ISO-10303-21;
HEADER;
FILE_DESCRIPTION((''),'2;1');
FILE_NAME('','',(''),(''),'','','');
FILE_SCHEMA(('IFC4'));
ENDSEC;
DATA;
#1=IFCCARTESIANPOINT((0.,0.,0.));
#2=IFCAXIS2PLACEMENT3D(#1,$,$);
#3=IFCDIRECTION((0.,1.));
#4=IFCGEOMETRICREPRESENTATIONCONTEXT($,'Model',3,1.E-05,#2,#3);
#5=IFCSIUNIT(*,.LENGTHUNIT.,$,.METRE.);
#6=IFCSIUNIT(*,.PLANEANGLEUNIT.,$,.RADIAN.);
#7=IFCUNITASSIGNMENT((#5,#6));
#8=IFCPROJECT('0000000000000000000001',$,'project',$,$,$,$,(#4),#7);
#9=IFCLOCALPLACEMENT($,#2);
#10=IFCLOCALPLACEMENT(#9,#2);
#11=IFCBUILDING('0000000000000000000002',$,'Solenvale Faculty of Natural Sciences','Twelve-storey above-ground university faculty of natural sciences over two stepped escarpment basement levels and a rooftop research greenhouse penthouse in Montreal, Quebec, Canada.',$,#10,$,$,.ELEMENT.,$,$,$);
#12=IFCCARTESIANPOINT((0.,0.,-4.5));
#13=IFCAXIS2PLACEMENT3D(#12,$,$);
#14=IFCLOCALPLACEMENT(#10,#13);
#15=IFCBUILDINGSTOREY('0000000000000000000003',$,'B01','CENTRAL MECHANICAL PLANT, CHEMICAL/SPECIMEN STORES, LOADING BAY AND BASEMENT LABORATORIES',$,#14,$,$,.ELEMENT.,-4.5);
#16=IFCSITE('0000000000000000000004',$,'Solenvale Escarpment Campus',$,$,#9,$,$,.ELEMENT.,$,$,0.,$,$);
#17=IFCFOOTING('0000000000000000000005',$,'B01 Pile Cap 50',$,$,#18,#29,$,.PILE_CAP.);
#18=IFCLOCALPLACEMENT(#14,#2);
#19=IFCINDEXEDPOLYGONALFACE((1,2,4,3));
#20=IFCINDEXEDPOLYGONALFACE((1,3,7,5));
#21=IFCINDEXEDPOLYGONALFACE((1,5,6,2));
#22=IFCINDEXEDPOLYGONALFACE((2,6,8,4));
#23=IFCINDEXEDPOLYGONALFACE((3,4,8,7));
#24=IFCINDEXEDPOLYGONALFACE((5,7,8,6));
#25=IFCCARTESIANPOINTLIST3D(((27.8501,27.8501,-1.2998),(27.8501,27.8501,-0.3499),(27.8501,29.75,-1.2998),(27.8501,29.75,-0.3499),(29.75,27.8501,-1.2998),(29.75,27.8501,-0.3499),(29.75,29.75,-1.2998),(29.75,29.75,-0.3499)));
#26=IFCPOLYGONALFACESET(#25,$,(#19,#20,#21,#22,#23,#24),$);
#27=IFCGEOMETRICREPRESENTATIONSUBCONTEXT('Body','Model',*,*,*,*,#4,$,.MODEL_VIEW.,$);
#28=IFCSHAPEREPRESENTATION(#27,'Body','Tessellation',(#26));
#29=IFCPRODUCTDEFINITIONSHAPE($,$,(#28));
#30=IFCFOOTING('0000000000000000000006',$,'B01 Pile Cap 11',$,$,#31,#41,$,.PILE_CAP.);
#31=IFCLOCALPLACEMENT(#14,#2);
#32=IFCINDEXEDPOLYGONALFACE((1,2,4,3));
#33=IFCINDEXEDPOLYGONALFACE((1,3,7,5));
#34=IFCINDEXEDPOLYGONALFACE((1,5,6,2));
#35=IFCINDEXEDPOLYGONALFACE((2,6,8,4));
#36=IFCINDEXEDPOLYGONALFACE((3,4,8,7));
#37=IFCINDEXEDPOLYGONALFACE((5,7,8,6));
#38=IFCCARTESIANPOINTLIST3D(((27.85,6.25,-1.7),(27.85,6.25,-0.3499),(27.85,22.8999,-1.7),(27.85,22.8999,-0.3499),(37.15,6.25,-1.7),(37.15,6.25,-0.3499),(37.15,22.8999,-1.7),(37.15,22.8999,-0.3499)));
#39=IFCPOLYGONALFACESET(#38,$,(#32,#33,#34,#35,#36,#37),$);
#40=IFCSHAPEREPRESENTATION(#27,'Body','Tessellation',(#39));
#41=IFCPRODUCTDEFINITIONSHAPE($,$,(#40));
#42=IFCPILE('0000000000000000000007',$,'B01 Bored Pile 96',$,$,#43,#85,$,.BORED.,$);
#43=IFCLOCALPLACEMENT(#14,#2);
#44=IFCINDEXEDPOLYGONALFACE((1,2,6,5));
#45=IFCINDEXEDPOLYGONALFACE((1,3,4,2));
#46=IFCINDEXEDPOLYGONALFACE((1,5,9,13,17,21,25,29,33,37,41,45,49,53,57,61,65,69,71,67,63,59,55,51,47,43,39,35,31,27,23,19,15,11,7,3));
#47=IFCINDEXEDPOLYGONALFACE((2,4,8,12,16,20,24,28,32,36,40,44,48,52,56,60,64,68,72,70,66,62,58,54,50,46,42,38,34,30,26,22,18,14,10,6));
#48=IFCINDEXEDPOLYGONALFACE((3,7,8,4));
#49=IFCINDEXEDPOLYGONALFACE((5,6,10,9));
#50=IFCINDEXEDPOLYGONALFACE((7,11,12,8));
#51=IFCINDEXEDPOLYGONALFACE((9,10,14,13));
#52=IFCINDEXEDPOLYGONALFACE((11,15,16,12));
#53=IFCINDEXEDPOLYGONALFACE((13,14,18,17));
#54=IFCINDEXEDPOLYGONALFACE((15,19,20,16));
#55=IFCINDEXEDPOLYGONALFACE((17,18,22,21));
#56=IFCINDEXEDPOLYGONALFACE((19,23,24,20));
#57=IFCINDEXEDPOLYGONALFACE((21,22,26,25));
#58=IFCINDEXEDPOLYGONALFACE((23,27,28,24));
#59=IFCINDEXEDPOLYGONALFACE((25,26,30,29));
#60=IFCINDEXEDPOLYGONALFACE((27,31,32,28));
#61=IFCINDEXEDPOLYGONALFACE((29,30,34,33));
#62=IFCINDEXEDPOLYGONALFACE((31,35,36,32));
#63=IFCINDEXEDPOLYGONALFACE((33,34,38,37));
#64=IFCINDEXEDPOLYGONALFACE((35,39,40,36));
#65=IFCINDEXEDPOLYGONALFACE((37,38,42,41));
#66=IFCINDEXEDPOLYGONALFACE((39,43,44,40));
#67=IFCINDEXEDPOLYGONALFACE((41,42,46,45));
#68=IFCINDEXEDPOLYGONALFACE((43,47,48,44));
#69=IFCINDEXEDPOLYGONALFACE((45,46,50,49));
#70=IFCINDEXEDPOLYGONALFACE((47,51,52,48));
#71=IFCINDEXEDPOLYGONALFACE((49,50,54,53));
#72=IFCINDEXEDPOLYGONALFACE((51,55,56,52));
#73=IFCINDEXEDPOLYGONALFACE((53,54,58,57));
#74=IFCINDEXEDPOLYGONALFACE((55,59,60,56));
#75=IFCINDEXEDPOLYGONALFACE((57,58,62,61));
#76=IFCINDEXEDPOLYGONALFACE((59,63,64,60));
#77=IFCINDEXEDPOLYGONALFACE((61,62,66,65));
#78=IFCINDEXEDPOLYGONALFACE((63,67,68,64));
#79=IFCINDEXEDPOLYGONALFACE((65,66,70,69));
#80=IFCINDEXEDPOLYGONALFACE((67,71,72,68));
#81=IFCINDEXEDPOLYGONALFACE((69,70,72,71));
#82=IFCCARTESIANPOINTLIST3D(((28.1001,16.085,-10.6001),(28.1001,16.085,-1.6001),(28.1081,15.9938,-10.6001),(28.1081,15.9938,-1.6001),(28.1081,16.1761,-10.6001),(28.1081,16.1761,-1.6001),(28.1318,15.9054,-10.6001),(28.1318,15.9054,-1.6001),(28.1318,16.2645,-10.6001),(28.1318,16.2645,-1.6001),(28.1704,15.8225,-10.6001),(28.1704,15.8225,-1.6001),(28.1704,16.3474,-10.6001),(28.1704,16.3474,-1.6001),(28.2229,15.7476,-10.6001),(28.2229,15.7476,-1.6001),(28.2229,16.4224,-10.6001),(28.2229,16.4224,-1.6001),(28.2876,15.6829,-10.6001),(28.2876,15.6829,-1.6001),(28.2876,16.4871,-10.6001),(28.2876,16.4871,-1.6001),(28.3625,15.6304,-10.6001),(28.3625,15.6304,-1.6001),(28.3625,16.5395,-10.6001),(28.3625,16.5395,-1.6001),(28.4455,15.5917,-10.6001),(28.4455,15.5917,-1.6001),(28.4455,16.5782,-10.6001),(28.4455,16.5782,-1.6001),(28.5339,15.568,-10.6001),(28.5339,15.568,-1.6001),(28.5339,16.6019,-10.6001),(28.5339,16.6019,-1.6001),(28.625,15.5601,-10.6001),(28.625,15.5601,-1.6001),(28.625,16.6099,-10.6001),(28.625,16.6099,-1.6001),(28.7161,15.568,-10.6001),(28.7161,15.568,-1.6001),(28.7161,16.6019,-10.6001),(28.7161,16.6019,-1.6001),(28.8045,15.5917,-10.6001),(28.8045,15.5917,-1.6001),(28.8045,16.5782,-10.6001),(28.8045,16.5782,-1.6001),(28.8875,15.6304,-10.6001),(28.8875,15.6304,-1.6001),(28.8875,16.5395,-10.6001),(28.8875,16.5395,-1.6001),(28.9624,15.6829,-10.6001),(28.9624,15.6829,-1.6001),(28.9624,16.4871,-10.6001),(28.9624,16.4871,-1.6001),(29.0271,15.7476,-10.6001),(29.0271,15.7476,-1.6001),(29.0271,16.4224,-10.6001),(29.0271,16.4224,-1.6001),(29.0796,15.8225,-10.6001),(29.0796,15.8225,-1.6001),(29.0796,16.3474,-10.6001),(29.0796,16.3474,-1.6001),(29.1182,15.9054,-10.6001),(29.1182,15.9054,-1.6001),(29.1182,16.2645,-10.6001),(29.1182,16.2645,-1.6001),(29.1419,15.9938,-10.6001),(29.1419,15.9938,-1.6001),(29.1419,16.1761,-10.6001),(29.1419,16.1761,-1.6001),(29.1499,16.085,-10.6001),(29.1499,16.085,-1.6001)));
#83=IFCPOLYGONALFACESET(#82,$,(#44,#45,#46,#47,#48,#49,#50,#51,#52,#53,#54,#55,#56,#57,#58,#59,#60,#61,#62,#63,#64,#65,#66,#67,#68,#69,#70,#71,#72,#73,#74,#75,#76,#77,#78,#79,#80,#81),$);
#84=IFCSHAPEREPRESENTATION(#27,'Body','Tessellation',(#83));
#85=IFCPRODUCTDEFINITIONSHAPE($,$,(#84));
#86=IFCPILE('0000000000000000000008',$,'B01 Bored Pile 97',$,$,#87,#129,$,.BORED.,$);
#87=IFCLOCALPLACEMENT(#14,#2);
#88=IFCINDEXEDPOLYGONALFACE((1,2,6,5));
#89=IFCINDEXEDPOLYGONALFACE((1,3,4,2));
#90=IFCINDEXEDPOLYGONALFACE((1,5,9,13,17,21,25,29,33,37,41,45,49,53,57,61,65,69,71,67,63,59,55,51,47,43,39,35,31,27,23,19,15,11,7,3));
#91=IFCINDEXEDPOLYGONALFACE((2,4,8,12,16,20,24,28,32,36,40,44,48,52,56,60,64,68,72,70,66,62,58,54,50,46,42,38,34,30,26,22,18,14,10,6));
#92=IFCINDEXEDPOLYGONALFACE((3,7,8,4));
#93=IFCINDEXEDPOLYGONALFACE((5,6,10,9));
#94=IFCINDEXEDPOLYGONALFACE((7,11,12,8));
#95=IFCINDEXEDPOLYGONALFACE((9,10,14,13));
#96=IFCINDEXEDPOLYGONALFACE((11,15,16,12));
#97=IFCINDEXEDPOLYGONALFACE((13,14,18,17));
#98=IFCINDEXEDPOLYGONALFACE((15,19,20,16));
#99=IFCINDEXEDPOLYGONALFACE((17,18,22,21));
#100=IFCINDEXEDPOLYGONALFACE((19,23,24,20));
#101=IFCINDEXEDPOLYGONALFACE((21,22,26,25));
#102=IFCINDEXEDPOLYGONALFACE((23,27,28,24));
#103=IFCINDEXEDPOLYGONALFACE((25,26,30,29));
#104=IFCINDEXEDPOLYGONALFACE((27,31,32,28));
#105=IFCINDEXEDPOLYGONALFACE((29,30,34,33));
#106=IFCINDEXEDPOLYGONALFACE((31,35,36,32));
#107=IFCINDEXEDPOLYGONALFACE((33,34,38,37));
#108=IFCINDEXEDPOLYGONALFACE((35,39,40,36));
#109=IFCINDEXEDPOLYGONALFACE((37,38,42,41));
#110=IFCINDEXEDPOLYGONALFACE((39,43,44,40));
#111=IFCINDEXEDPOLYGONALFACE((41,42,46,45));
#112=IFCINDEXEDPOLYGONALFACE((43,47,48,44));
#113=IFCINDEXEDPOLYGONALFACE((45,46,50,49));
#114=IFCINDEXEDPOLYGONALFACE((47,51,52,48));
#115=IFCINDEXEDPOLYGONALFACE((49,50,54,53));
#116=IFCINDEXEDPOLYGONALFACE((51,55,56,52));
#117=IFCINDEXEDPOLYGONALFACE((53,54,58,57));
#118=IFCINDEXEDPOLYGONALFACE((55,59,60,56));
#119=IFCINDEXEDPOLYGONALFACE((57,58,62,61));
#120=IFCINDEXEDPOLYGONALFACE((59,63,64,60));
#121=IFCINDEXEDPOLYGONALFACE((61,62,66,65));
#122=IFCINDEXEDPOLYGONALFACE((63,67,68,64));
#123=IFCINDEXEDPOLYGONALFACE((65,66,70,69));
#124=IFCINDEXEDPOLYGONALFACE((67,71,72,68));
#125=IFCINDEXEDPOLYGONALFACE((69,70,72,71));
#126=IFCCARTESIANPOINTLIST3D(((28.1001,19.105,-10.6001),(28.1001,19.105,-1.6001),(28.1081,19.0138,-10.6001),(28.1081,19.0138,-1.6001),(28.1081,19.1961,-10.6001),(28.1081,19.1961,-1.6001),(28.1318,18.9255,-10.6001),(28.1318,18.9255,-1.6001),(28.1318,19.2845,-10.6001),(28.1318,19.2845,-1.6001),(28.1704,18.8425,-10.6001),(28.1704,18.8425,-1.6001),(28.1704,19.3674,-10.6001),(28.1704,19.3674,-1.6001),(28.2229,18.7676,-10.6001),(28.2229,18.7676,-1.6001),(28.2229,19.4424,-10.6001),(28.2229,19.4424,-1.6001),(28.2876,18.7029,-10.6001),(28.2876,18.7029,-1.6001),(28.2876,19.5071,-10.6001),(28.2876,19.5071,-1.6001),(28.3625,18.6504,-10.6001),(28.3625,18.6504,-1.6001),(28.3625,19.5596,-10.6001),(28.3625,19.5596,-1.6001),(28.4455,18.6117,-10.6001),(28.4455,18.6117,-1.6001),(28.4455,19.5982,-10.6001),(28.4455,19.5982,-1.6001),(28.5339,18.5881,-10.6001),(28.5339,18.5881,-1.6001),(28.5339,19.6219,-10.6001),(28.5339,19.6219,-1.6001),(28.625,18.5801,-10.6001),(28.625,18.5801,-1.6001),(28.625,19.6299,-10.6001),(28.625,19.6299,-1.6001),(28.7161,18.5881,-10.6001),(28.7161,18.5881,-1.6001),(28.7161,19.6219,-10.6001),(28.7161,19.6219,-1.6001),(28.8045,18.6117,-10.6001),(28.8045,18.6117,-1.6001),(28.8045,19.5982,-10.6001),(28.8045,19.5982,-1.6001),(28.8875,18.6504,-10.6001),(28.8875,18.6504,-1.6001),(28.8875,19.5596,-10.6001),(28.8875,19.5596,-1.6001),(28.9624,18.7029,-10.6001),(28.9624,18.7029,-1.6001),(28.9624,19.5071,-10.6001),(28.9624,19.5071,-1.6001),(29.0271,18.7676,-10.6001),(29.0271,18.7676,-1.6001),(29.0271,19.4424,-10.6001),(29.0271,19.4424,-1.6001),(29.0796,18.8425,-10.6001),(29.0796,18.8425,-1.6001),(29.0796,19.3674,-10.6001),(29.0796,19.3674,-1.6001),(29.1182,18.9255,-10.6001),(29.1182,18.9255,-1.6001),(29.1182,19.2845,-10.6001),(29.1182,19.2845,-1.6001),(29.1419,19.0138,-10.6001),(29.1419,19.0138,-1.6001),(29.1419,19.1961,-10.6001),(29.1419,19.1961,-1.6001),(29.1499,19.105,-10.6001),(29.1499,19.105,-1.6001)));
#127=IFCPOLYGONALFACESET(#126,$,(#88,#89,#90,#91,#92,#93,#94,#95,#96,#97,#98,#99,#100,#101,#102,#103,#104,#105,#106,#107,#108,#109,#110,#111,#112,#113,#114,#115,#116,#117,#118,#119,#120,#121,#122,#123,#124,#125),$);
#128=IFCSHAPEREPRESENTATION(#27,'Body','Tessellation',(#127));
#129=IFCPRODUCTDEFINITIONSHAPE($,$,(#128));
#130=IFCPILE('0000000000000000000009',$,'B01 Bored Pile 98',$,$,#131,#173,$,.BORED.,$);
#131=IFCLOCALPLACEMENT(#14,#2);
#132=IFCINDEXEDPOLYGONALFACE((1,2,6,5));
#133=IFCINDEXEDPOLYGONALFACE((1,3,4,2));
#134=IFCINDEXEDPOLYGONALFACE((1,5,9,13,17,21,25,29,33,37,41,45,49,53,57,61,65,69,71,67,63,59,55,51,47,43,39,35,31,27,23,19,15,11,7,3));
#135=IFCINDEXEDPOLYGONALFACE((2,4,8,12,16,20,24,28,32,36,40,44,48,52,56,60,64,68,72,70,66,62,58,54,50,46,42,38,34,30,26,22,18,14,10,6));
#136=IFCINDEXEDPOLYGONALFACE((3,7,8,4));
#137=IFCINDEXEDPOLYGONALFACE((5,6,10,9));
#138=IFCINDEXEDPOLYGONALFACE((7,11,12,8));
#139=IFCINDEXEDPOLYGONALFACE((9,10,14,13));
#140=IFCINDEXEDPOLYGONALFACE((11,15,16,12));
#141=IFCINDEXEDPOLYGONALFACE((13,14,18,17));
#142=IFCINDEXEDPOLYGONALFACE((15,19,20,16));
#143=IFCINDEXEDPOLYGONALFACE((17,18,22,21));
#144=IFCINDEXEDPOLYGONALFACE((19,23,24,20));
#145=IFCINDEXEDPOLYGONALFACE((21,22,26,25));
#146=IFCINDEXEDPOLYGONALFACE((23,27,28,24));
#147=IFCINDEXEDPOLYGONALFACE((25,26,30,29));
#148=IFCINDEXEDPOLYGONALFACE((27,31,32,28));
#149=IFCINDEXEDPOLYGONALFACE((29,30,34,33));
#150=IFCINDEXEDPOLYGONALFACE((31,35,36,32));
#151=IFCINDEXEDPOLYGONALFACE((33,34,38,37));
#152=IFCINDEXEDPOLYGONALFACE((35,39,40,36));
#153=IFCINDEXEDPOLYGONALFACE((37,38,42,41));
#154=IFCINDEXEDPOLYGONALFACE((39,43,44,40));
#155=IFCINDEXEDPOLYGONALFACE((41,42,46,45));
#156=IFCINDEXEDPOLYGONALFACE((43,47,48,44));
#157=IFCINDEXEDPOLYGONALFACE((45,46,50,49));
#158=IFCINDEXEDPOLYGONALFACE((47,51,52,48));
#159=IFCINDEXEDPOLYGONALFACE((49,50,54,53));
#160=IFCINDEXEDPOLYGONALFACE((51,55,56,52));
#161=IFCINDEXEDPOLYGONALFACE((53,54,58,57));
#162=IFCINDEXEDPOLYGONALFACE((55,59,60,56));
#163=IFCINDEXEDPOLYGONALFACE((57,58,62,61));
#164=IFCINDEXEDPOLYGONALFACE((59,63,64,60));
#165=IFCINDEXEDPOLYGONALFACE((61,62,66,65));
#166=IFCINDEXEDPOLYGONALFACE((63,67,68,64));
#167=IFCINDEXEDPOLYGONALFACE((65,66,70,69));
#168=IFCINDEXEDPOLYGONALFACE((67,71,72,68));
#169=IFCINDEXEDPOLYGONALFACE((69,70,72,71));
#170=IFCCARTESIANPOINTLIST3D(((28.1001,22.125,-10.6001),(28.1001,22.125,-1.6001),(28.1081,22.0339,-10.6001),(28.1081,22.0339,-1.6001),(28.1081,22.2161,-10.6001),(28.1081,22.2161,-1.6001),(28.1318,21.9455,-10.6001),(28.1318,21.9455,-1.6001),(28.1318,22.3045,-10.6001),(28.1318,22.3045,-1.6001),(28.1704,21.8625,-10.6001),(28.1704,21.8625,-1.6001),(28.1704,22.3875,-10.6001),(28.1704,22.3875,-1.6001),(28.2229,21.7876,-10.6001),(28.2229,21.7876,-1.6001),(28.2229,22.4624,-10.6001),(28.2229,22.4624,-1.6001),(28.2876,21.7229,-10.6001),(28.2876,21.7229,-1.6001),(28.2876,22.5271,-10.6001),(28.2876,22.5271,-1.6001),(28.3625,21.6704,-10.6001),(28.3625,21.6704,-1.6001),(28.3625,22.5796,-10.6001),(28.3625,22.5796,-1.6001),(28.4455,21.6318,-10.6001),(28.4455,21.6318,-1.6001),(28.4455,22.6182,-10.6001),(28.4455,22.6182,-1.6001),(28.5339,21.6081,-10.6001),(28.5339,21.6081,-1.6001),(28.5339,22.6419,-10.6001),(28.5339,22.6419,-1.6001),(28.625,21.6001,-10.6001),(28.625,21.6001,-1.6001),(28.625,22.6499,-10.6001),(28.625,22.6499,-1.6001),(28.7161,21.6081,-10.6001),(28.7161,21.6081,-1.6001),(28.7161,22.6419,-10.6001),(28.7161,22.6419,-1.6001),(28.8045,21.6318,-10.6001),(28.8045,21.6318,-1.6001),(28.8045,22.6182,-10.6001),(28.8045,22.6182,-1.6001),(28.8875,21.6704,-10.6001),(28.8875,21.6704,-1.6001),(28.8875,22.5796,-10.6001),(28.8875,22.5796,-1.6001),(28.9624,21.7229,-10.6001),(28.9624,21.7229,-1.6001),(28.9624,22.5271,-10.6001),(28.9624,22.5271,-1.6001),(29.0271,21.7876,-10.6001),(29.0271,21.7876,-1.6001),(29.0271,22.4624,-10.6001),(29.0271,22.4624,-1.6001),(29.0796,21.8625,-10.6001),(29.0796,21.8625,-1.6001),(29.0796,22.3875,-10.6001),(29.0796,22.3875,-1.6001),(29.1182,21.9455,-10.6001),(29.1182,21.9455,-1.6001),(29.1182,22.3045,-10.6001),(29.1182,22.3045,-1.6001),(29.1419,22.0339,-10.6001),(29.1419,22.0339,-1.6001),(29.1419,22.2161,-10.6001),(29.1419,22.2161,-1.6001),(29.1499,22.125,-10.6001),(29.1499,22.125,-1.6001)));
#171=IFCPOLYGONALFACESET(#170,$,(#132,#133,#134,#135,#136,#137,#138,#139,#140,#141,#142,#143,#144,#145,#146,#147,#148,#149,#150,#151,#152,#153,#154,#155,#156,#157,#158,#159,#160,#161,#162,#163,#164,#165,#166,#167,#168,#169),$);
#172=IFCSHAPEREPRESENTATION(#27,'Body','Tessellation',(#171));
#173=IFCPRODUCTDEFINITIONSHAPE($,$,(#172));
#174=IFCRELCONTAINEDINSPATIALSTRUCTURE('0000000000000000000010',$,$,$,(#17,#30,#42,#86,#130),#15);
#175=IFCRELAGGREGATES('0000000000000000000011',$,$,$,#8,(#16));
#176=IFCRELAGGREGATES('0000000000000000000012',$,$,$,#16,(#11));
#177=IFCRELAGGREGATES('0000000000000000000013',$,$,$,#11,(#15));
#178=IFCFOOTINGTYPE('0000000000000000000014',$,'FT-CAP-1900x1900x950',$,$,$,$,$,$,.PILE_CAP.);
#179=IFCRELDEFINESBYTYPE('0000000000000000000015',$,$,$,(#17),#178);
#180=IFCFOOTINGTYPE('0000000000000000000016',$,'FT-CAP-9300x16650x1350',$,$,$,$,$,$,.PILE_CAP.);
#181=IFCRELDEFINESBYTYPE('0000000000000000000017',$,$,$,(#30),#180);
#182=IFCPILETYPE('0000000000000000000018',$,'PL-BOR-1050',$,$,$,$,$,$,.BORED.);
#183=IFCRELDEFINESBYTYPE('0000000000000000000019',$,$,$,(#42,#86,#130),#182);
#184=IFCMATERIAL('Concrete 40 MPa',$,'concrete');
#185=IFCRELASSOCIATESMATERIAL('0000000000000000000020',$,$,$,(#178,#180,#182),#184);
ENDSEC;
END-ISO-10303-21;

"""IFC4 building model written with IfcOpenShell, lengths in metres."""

from ifc_helpers import new_model, si_unit, direction, frame, origin, origin_2d, place, context, subcontext, project, spatial, rectangle, circle, extrude, material, material_profile, profile_set, type_object, element, save


model = new_model("IFC4")

# Units and contexts
model_context = context("Model", 3, precision=1e-05, world=origin(), true_north=direction((0.0, 1.0)))
body_context = subcontext(model_context, "Body", "Model", "MODEL_VIEW")
ifc_project = project(units=[si_unit("LENGTHUNIT", "METRE"), si_unit("PLANEANGLEUNIT", "RADIAN")], contexts=[model_context])

# Site, building, storey
site_placement = place(None, origin())
site = spatial("IfcSite", under=ifc_project, at=site_placement, Name="Solenvale Escarpment Campus", CompositionType="ELEMENT", RefElevation=0.0)
building_placement = place(site_placement, origin())
building = spatial("IfcBuilding", under=site, at=building_placement, Name="Solenvale Faculty of Natural Sciences", Description="Twelve-storey above-ground university faculty of natural sciences over two stepped escarpment basement levels and a rooftop research greenhouse penthouse in Montreal, Quebec, Canada.", CompositionType="ELEMENT")
storey_placement = place(building_placement, frame((0.0, 0.0, -4.5)))
storey = spatial("IfcBuildingStorey", under=building, at=storey_placement, Name="B01", Description="CENTRAL MECHANICAL PLANT, CHEMICAL/SPECIMEN STORES, LOADING BAY AND BASEMENT LABORATORIES", CompositionType="ELEMENT", Elevation=-4.5)

# Footings
ifc_material_1 = material(Name="Concrete 40 MPa", Category="concrete")
footing_type_1 = type_object("IfcFootingType", Name="FT-CAP-1900x1900x950", PredefinedType="PILE_CAP", material=ifc_material_1)
footing_1_placement = place(storey_placement, frame((28.8, 28.8, -1.2998), z_axis=(0.0, 0.0, 1.0), x_axis=(1.0, 0.0, 0.0)))
element("IfcFooting", 1, at=footing_1_placement, inside=storey, type_object=footing_type_1, Name="B01 Pile Cap 50", PredefinedType="PILE_CAP", context=body_context, shape_type="SweptSolid", body=[
    extrude(rectangle(XDim=1.8999, YDim=1.8999, at=origin_2d()), origin(), (0.0, 0.0, 1.0), 0.95),
])
footing_type_2 = type_object("IfcFootingType", Name="FT-CAP-9300x16650x1350", PredefinedType="PILE_CAP", material=ifc_material_1)
footing_2_placement = place(storey_placement, frame((32.5, 14.575, -1.7), z_axis=(0.0, 0.0, 1.0), x_axis=(1.0, 0.0, 0.0)))
element("IfcFooting", 2, at=footing_2_placement, inside=storey, type_object=footing_type_2, Name="B01 Pile Cap 11", PredefinedType="PILE_CAP", context=body_context, shape_type="SweptSolid", body=[
    extrude(rectangle(XDim=9.3, YDim=16.6499, at=origin_2d()), origin(), (0.0, 0.0, 1.0), 1.3501),
])

# Piles
ifc_material_profile_1 = material_profile(ifc_material_1, circle(Radius=0.5249, at=origin_2d()), Name="PILE-D1050")
ifc_profile_set_1 = profile_set([ifc_material_profile_1], Name="Concrete 40 MPa")
pile_type_1 = type_object("IfcPileType", Name="PL-BOR-1050", PredefinedType="BORED", material=ifc_profile_set_1)
for number, where, z_axis, x_axis, name in (
    (3, (28.625, 16.085, -1.6001), (0.0, 0.0, -1.0), (1.0, 0.0, 0.0), "B01 Bored Pile 96"),
    (4, (28.625, 19.105, -1.6001), (0.0, 0.0, -1.0), (1.0, 0.0, 0.0), "B01 Bored Pile 97"),
    (5, (28.625, 22.125, -1.6001), (0.0, 0.0, -1.0), (1.0, 0.0, 0.0), "B01 Bored Pile 98"),
):
    element("IfcPile", number, at=place(storey_placement, frame(where, z_axis=z_axis, x_axis=x_axis)), inside=storey, type_object=pile_type_1, Name=name, PredefinedType="BORED", context=body_context, shape_type="SweptSolid", body=[
        extrude(circle(Radius=0.5249, at=origin_2d()), origin(), (0.0, 0.0, 1.0), 9.0),
    ])

save(model, "model.ifc")
